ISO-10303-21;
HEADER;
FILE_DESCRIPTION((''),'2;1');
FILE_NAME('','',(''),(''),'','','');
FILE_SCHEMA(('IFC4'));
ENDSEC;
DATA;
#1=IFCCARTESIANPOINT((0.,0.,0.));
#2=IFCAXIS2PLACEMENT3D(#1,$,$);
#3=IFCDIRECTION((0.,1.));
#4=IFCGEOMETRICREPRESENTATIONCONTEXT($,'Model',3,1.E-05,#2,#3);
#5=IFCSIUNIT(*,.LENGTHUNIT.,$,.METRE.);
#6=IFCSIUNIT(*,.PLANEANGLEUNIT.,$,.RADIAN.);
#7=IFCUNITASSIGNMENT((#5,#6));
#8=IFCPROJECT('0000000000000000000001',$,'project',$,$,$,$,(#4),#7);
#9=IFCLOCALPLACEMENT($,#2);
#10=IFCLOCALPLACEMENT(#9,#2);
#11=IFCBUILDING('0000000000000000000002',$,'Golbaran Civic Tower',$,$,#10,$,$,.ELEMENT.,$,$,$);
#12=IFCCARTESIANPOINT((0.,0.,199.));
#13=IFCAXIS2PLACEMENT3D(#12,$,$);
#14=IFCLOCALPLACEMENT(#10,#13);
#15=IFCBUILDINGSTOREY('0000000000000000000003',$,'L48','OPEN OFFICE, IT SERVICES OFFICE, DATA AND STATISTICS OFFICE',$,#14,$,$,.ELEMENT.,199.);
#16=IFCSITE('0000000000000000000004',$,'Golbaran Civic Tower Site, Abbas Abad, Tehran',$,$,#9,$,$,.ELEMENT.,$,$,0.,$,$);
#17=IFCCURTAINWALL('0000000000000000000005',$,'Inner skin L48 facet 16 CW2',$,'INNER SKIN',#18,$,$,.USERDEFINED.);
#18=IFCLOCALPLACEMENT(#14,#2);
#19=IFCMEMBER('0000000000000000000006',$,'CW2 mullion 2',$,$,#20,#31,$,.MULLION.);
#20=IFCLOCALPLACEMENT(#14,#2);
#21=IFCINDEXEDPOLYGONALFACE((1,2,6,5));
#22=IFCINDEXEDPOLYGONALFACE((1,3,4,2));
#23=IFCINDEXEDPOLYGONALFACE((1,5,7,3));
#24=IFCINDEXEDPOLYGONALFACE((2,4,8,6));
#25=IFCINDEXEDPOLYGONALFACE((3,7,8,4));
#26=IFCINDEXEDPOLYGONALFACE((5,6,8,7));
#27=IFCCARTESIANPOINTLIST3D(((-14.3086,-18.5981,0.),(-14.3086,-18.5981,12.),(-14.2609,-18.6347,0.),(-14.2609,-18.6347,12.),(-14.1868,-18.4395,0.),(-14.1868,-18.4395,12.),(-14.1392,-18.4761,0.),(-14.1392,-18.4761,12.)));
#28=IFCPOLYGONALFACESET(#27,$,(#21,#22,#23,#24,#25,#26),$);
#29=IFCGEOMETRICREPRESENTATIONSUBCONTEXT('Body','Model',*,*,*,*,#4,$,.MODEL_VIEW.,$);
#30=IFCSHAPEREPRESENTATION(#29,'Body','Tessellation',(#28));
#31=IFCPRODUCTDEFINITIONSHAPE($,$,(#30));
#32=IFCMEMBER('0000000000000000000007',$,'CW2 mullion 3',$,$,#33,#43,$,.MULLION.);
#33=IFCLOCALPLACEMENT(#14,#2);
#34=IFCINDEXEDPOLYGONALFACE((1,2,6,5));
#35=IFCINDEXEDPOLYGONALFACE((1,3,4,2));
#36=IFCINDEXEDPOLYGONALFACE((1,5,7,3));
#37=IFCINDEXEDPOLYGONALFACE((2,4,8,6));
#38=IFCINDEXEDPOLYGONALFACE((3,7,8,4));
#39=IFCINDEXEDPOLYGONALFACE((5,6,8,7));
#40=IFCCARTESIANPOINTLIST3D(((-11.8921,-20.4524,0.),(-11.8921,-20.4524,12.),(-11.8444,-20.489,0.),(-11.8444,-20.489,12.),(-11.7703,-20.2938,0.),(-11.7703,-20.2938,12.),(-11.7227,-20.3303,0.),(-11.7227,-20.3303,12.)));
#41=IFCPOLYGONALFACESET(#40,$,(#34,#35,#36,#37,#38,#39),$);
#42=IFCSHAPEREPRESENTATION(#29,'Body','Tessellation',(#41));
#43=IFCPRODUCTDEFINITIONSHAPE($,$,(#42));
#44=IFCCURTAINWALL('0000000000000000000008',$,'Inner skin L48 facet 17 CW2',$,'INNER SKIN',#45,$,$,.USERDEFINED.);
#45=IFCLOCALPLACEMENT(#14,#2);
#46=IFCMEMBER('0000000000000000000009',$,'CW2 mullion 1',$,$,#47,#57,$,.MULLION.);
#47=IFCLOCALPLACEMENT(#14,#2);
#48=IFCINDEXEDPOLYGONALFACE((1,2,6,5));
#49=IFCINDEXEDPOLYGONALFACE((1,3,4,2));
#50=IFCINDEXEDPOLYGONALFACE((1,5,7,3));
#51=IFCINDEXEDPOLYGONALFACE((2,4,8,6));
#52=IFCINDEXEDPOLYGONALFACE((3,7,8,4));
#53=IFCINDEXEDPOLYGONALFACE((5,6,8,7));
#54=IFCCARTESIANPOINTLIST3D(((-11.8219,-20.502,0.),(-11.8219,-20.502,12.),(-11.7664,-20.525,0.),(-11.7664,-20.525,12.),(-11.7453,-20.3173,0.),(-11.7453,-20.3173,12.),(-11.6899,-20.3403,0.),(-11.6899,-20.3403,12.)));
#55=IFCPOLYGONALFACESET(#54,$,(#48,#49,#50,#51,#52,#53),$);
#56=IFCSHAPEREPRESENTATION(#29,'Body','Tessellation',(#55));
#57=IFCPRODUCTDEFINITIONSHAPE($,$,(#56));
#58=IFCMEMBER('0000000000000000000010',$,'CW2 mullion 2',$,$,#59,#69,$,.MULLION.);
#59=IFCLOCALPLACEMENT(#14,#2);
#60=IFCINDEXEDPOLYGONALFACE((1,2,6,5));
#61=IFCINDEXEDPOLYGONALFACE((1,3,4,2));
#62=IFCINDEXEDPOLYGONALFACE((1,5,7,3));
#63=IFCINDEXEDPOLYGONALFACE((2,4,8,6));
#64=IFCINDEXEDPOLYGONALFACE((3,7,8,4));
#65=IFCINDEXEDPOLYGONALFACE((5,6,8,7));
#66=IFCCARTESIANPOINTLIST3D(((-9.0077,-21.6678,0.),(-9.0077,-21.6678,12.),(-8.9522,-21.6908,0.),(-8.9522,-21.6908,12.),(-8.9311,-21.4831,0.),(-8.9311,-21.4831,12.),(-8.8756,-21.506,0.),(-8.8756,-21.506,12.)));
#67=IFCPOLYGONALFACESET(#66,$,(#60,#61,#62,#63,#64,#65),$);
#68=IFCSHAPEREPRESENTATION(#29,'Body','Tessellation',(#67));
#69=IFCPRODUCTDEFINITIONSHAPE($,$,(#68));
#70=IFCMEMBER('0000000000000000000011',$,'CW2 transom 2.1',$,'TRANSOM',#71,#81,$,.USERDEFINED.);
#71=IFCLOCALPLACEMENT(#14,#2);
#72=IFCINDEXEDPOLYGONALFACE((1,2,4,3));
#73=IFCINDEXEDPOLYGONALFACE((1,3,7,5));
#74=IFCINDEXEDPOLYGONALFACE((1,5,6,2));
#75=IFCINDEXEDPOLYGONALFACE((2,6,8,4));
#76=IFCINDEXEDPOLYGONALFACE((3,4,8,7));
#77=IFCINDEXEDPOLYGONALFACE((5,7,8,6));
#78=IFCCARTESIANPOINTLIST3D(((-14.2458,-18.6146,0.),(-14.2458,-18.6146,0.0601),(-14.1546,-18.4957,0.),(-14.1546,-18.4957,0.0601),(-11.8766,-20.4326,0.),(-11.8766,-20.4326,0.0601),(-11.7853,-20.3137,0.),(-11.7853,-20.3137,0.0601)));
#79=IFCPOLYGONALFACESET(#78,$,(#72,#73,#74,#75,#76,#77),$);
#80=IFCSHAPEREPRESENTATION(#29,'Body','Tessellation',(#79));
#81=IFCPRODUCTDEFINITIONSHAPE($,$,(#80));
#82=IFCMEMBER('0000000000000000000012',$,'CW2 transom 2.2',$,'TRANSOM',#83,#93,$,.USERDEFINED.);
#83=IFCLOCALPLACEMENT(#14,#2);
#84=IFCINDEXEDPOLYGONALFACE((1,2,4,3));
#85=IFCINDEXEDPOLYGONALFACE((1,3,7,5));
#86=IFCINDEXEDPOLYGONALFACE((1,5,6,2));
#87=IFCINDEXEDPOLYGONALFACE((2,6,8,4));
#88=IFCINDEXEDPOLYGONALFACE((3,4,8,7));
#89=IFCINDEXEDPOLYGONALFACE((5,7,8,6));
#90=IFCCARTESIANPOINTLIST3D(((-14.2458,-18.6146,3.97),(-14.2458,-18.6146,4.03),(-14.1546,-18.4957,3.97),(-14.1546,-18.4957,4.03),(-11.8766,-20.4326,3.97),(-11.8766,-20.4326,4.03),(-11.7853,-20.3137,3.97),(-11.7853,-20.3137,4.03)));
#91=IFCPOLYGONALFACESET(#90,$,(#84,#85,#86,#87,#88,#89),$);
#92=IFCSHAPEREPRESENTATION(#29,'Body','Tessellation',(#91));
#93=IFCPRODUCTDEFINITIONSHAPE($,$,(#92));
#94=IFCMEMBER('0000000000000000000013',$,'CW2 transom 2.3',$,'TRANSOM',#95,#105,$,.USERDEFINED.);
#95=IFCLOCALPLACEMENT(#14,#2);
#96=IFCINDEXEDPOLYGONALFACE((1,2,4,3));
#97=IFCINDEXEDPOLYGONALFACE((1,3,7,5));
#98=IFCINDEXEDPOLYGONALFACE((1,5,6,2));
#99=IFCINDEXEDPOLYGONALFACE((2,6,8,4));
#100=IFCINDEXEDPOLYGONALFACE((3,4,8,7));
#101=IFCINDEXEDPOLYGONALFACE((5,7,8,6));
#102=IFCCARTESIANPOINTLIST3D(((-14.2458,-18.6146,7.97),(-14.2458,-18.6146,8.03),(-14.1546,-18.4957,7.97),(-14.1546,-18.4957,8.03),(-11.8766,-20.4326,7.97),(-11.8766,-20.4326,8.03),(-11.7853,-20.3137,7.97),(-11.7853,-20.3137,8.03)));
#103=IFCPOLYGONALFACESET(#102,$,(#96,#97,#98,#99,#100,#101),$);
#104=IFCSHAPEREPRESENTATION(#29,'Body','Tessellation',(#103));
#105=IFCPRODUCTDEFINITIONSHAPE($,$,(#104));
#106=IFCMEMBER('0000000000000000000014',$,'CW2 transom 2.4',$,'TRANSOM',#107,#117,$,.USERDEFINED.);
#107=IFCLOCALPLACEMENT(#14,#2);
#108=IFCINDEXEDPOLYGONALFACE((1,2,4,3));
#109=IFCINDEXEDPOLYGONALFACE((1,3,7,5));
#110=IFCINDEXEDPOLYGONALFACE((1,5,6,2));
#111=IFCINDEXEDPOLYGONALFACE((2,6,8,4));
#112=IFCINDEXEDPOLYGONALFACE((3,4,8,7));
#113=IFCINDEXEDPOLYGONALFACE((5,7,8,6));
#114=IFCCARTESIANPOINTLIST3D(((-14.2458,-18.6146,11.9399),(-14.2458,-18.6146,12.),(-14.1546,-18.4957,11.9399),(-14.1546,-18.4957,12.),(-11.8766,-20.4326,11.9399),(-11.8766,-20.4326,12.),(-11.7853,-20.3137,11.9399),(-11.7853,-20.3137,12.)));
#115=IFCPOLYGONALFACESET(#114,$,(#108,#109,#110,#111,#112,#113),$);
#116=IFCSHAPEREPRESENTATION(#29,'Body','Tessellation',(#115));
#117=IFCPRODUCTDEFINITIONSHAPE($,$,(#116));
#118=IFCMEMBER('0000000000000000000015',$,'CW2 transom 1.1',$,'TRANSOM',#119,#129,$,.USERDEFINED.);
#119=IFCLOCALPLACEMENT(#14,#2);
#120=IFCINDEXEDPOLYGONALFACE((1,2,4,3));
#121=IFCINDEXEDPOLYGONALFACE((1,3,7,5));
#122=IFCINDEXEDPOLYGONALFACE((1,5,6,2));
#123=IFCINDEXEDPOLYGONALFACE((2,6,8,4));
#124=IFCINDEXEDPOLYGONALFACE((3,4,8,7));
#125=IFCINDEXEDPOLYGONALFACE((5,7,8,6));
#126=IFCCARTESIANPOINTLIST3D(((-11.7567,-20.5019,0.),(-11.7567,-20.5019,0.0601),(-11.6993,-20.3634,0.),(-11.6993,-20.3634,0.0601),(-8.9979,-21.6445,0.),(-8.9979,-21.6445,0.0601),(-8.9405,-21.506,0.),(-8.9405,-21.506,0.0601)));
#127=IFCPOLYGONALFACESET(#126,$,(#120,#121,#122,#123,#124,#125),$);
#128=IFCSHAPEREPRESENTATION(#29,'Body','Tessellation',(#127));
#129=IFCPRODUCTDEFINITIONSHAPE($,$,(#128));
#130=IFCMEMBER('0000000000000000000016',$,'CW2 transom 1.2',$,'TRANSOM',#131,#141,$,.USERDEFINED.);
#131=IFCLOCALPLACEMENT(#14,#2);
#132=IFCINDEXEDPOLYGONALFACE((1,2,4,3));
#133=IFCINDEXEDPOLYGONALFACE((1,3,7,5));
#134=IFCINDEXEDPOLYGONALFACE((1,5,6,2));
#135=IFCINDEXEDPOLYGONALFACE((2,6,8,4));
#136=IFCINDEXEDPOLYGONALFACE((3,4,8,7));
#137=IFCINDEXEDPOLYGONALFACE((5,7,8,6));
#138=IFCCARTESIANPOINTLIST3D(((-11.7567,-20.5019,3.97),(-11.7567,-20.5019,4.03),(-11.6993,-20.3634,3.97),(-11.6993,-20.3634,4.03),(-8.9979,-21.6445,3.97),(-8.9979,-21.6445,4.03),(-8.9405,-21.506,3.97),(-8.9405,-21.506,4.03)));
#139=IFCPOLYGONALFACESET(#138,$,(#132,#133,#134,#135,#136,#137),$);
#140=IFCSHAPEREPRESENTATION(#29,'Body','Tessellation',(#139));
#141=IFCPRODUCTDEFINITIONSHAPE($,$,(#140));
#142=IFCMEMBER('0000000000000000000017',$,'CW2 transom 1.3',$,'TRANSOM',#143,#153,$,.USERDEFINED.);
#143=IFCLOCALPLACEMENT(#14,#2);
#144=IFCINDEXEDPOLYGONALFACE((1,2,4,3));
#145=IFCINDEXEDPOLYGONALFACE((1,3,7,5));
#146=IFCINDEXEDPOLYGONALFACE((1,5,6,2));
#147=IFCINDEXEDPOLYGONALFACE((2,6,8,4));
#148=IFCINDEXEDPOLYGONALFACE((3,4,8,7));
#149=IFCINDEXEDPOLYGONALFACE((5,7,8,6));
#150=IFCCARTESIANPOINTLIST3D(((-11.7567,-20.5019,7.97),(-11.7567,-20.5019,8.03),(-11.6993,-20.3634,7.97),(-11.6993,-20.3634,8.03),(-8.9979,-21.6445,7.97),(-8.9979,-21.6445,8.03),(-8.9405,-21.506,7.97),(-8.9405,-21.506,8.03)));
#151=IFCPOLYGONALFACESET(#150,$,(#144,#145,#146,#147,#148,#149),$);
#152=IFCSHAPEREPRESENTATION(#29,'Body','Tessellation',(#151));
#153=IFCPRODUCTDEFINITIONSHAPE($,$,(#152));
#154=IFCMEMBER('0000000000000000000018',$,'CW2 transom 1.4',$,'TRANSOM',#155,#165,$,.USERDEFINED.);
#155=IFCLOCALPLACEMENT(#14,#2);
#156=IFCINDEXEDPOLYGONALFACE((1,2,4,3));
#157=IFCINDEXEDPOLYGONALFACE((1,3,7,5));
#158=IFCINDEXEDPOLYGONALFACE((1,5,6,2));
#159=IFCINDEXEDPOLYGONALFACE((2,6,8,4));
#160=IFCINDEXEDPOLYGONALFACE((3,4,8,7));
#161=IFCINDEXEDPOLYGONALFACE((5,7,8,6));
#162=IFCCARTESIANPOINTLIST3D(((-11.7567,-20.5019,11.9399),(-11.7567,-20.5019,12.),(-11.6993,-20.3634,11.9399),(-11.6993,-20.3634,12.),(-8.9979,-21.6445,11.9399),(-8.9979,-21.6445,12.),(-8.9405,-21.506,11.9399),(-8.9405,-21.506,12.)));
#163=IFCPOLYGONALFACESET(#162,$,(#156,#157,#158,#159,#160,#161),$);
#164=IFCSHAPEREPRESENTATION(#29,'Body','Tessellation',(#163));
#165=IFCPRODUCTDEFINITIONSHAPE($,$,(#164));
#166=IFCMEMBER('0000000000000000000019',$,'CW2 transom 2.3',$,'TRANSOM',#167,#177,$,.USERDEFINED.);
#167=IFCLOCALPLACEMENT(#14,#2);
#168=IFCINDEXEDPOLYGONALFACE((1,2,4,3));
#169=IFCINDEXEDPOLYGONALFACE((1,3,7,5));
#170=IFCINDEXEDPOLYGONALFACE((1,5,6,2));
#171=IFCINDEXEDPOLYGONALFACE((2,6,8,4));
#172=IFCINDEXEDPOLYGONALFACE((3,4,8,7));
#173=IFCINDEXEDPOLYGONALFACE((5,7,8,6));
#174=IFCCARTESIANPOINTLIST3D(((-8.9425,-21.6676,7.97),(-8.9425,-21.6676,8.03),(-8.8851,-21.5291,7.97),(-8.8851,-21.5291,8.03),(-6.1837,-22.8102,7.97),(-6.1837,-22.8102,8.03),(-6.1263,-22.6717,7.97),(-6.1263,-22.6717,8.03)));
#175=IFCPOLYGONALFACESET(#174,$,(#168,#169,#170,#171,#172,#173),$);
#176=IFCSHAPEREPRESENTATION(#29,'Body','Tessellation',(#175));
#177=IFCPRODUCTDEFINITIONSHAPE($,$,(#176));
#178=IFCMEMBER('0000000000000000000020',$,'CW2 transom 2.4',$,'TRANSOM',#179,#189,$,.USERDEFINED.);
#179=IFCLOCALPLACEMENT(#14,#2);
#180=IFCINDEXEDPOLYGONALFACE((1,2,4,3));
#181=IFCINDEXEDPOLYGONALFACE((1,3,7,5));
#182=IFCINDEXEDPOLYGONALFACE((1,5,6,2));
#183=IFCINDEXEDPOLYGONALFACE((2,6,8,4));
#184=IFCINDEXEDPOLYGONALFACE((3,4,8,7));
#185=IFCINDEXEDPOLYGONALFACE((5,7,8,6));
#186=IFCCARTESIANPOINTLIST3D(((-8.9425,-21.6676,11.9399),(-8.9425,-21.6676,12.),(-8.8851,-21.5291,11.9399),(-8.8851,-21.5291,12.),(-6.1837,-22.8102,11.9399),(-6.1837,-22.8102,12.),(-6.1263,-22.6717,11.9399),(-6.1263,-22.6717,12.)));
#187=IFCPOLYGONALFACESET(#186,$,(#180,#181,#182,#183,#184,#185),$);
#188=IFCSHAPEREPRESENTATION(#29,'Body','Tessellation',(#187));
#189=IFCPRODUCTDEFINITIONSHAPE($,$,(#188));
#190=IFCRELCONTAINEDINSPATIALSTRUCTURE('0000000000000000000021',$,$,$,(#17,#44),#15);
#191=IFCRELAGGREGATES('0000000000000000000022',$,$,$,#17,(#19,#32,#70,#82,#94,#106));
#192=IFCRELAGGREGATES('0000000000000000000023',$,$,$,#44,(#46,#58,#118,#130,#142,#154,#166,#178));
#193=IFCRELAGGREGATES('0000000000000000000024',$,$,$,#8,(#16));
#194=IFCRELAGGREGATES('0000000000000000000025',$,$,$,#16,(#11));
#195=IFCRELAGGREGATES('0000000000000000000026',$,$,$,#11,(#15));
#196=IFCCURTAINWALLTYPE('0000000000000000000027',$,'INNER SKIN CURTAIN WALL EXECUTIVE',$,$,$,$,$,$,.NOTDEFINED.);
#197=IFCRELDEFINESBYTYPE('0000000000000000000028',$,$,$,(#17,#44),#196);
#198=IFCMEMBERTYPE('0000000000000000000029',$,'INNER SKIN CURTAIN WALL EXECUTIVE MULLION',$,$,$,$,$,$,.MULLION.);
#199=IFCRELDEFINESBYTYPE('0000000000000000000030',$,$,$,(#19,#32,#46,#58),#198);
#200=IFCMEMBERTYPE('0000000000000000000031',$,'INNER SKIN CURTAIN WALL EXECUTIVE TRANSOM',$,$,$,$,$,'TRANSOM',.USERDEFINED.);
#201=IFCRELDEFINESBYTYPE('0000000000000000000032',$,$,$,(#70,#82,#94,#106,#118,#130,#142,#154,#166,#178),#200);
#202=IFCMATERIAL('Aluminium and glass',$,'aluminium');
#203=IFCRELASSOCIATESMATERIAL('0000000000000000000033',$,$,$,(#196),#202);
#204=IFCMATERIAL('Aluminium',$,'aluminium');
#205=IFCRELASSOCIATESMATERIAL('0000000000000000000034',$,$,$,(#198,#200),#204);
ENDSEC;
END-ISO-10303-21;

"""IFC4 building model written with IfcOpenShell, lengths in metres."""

from ifc_helpers import new_model, si_unit, direction, frame, origin, origin_2d, place, context, subcontext, project, spatial, rectangle, extrude, material, material_profile, profile_set, type_object, element, aggregate, save


model = new_model("IFC4")

# Units and contexts
model_context = context("Model", 3, precision=1e-05, world=origin(), true_north=direction((0.0, 1.0)))
body_context = subcontext(model_context, "Body", "Model", "MODEL_VIEW")
ifc_project = project(units=[si_unit("LENGTHUNIT", "METRE"), si_unit("PLANEANGLEUNIT", "RADIAN")], contexts=[model_context])

# Site, building, storey
site_placement = place(None, origin())
site = spatial("IfcSite", under=ifc_project, at=site_placement, Name="Golbaran Civic Tower Site, Abbas Abad, Tehran", CompositionType="ELEMENT", RefElevation=0.0)
building_placement = place(site_placement, origin())
building = spatial("IfcBuilding", under=site, at=building_placement, Name="Golbaran Civic Tower", CompositionType="ELEMENT")
storey_placement = place(building_placement, frame((0.0, 0.0, 199.0)))
storey = spatial("IfcBuildingStorey", under=building, at=storey_placement, Name="L48", Description="OPEN OFFICE, IT SERVICES OFFICE, DATA AND STATISTICS OFFICE", CompositionType="ELEMENT", Elevation=199.0)

# Curtain walls, members
ifc_material_1 = material(Name="Aluminium and glass", Category="aluminium")
curtain_wall_type_1 = type_object("IfcCurtainWallType", Name="INNER SKIN CURTAIN WALL EXECUTIVE", PredefinedType="NOTDEFINED", material=ifc_material_1)
curtain_wall_1_placement = place(storey_placement, origin())
curtain_wall_1 = element("IfcCurtainWall", 1, at=curtain_wall_1_placement, inside=storey, type_object=curtain_wall_type_1, Name="Inner skin L48 facet 16 CW2", ObjectType="INNER SKIN", PredefinedType="USERDEFINED")
ifc_material_2 = material(Name="Aluminium", Category="aluminium")
ifc_material_profile_1 = material_profile(ifc_material_2, rectangle(XDim=0.2, YDim=0.0601, at=origin_2d()), Name="INNER SKIN CURTAIN WALL EXECUTIVE MULLION")
ifc_profile_set_1 = profile_set([ifc_material_profile_1], Name="Aluminium")
member_type_1 = type_object("IfcMemberType", Name="INNER SKIN CURTAIN WALL EXECUTIVE MULLION", PredefinedType="MULLION", material=ifc_profile_set_1)
member_1_placement = place(storey_placement, frame((-14.2239, -18.5371, 0.0), z_axis=(0.0, 0.0, 1.0), x_axis=(0.608761, 0.793353, 0.0)))
member_1 = element("IfcMember", 2, at=member_1_placement, type_object=member_type_1, Name="CW2 mullion 2", PredefinedType="MULLION", context=body_context, shape_type="SweptSolid", body=[
    extrude(rectangle(XDim=0.2, YDim=0.0601, at=origin_2d()), origin(), (0.0, 0.0, 1.0), 12.0),
])
member_2_placement = place(storey_placement, frame((-11.8074, -20.3914, 0.0), z_axis=(0.0, 0.0, 1.0), x_axis=(0.608761, 0.793353, 0.0)))
member_2 = element("IfcMember", 3, at=member_2_placement, type_object=member_type_1, Name="CW2 mullion 3", PredefinedType="MULLION", context=body_context, shape_type="SweptSolid", body=[
    extrude(rectangle(XDim=0.2, YDim=0.0601, at=origin_2d()), origin(), (0.0, 0.0, 1.0), 12.0),
])
curtain_wall_2_placement = place(storey_placement, origin())
curtain_wall_2 = element("IfcCurtainWall", 4, at=curtain_wall_2_placement, inside=storey, type_object=curtain_wall_type_1, Name="Inner skin L48 facet 17 CW2", ObjectType="INNER SKIN", PredefinedType="USERDEFINED")
member_3_placement = place(storey_placement, frame((-11.7559, -20.4211, 0.0), z_axis=(0.0, 0.0, 1.0), x_axis=(0.382683, 0.92388, 0.0)))
member_3 = element("IfcMember", 5, at=member_3_placement, type_object=member_type_1, Name="CW2 mullion 1", PredefinedType="MULLION", context=body_context, shape_type="SweptSolid", body=[
    extrude(rectangle(XDim=0.2, YDim=0.0601, at=origin_2d()), origin(), (0.0, 0.0, 1.0), 12.0),
])
member_4_placement = place(storey_placement, frame((-8.9417, -21.5869, 0.0), z_axis=(0.0, 0.0, 1.0), x_axis=(0.382683, 0.92388, 0.0)))
member_4 = element("IfcMember", 6, at=member_4_placement, type_object=member_type_1, Name="CW2 mullion 2", PredefinedType="MULLION", context=body_context, shape_type="SweptSolid", body=[
    extrude(rectangle(XDim=0.2, YDim=0.0601, at=origin_2d()), origin(), (0.0, 0.0, 1.0), 12.0),
])

# Members
ifc_material_profile_2 = material_profile(ifc_material_2, rectangle(XDim=0.1499, YDim=0.0601, at=origin_2d()), Name="INNER SKIN CURTAIN WALL EXECUTIVE TRANSOM")
ifc_profile_set_2 = profile_set([ifc_material_profile_2], Name="Aluminium")
member_type_2 = type_object("IfcMemberType", Name="INNER SKIN CURTAIN WALL EXECUTIVE TRANSOM", ElementType="TRANSOM", PredefinedType="USERDEFINED", material=ifc_profile_set_2)
member_5_placement = place(storey_placement, frame((-14.2002, -18.5552, 0.03), z_axis=(0.793359, -0.608754, 0.0), x_axis=(0.608754, 0.793359, 0.0)))
member_5 = element("IfcMember", 7, at=member_5_placement, type_object=member_type_2, Name="CW2 transom 2.1", ObjectType="TRANSOM", PredefinedType="USERDEFINED", context=body_context, shape_type="SweptSolid", body=[
    extrude(rectangle(XDim=0.1499, YDim=0.0601, at=origin_2d()), origin(), (0.0, 0.0, 1.0), 2.9863),
])
member_6_placement = place(storey_placement, frame((-14.2002, -18.5552, 4.0), z_axis=(0.793359, -0.608754, 0.0), x_axis=(0.608754, 0.793359, 0.0)))
member_6 = element("IfcMember", 8, at=member_6_placement, type_object=member_type_2, Name="CW2 transom 2.2", ObjectType="TRANSOM", PredefinedType="USERDEFINED", context=body_context, shape_type="SweptSolid", body=[
    extrude(rectangle(XDim=0.1499, YDim=0.0601, at=origin_2d()), origin(), (0.0, 0.0, 1.0), 2.9863),
])
member_7_placement = place(storey_placement, frame((-14.2002, -18.5552, 8.0), z_axis=(0.793359, -0.608754, 0.0), x_axis=(0.608754, 0.793359, 0.0)))
member_7 = element("IfcMember", 9, at=member_7_placement, type_object=member_type_2, Name="CW2 transom 2.3", ObjectType="TRANSOM", PredefinedType="USERDEFINED", context=body_context, shape_type="SweptSolid", body=[
    extrude(rectangle(XDim=0.1499, YDim=0.0601, at=origin_2d()), origin(), (0.0, 0.0, 1.0), 2.9863),
])
member_8_placement = place(storey_placement, frame((-14.2002, -18.5552, 11.97), z_axis=(0.793359, -0.608754, 0.0), x_axis=(0.608754, 0.793359, 0.0)))
member_8 = element("IfcMember", 10, at=member_8_placement, type_object=member_type_2, Name="CW2 transom 2.4", ObjectType="TRANSOM", PredefinedType="USERDEFINED", context=body_context, shape_type="SweptSolid", body=[
    extrude(rectangle(XDim=0.1499, YDim=0.0601, at=origin_2d()), origin(), (0.0, 0.0, 1.0), 2.9863),
])
member_9_placement = place(storey_placement, frame((-11.728, -20.4326, 0.03), z_axis=(0.923897, -0.382641, 0.0), x_axis=(0.382641, 0.923897, 0.0)))
member_9 = element("IfcMember", 11, at=member_9_placement, type_object=member_type_2, Name="CW2 transom 1.1", ObjectType="TRANSOM", PredefinedType="USERDEFINED", context=body_context, shape_type="SweptSolid", body=[
    extrude(rectangle(XDim=0.1499, YDim=0.0601, at=origin_2d()), origin(), (0.0, 0.0, 1.0), 2.9861),
])
member_10_placement = place(storey_placement, frame((-11.728, -20.4326, 4.0), z_axis=(0.923897, -0.382641, 0.0), x_axis=(0.382641, 0.923897, 0.0)))
member_10 = element("IfcMember", 12, at=member_10_placement, type_object=member_type_2, Name="CW2 transom 1.2", ObjectType="TRANSOM", PredefinedType="USERDEFINED", context=body_context, shape_type="SweptSolid", body=[
    extrude(rectangle(XDim=0.1499, YDim=0.0601, at=origin_2d()), origin(), (0.0, 0.0, 1.0), 2.9861),
])
member_11_placement = place(storey_placement, frame((-11.728, -20.4326, 8.0), z_axis=(0.923897, -0.382641, 0.0), x_axis=(0.382641, 0.923897, 0.0)))
member_11 = element("IfcMember", 13, at=member_11_placement, type_object=member_type_2, Name="CW2 transom 1.3", ObjectType="TRANSOM", PredefinedType="USERDEFINED", context=body_context, shape_type="SweptSolid", body=[
    extrude(rectangle(XDim=0.1499, YDim=0.0601, at=origin_2d()), origin(), (0.0, 0.0, 1.0), 2.9861),
])
member_12_placement = place(storey_placement, frame((-11.728, -20.4326, 11.97), z_axis=(0.923897, -0.382641, 0.0), x_axis=(0.382641, 0.923897, 0.0)))
member_12 = element("IfcMember", 14, at=member_12_placement, type_object=member_type_2, Name="CW2 transom 1.4", ObjectType="TRANSOM", PredefinedType="USERDEFINED", context=body_context, shape_type="SweptSolid", body=[
    extrude(rectangle(XDim=0.1499, YDim=0.0601, at=origin_2d()), origin(), (0.0, 0.0, 1.0), 2.9861),
])
member_13_placement = place(storey_placement, frame((-8.9138, -21.5984, 8.0), z_axis=(0.923897, -0.382641, 0.0), x_axis=(0.382641, 0.923897, 0.0)))
member_13 = element("IfcMember", 15, at=member_13_placement, type_object=member_type_2, Name="CW2 transom 2.3", ObjectType="TRANSOM", PredefinedType="USERDEFINED", context=body_context, shape_type="SweptSolid", body=[
    extrude(rectangle(XDim=0.1499, YDim=0.0601, at=origin_2d()), origin(), (0.0, 0.0, 1.0), 2.9861),
])
member_14_placement = place(storey_placement, frame((-8.9138, -21.5984, 11.97), z_axis=(0.923897, -0.382641, 0.0), x_axis=(0.382641, 0.923897, 0.0)))
member_14 = element("IfcMember", 16, at=member_14_placement, type_object=member_type_2, Name="CW2 transom 2.4", ObjectType="TRANSOM", PredefinedType="USERDEFINED", context=body_context, shape_type="SweptSolid", body=[
    extrude(rectangle(XDim=0.1499, YDim=0.0601, at=origin_2d()), origin(), (0.0, 0.0, 1.0), 2.9861),
])

aggregate(curtain_wall_1, [member_1, member_2, member_5, member_6, member_7, member_8])
aggregate(curtain_wall_2, [member_3, member_4, member_9, member_10, member_11, member_12, member_13, member_14])

save(model, "model.ifc")
